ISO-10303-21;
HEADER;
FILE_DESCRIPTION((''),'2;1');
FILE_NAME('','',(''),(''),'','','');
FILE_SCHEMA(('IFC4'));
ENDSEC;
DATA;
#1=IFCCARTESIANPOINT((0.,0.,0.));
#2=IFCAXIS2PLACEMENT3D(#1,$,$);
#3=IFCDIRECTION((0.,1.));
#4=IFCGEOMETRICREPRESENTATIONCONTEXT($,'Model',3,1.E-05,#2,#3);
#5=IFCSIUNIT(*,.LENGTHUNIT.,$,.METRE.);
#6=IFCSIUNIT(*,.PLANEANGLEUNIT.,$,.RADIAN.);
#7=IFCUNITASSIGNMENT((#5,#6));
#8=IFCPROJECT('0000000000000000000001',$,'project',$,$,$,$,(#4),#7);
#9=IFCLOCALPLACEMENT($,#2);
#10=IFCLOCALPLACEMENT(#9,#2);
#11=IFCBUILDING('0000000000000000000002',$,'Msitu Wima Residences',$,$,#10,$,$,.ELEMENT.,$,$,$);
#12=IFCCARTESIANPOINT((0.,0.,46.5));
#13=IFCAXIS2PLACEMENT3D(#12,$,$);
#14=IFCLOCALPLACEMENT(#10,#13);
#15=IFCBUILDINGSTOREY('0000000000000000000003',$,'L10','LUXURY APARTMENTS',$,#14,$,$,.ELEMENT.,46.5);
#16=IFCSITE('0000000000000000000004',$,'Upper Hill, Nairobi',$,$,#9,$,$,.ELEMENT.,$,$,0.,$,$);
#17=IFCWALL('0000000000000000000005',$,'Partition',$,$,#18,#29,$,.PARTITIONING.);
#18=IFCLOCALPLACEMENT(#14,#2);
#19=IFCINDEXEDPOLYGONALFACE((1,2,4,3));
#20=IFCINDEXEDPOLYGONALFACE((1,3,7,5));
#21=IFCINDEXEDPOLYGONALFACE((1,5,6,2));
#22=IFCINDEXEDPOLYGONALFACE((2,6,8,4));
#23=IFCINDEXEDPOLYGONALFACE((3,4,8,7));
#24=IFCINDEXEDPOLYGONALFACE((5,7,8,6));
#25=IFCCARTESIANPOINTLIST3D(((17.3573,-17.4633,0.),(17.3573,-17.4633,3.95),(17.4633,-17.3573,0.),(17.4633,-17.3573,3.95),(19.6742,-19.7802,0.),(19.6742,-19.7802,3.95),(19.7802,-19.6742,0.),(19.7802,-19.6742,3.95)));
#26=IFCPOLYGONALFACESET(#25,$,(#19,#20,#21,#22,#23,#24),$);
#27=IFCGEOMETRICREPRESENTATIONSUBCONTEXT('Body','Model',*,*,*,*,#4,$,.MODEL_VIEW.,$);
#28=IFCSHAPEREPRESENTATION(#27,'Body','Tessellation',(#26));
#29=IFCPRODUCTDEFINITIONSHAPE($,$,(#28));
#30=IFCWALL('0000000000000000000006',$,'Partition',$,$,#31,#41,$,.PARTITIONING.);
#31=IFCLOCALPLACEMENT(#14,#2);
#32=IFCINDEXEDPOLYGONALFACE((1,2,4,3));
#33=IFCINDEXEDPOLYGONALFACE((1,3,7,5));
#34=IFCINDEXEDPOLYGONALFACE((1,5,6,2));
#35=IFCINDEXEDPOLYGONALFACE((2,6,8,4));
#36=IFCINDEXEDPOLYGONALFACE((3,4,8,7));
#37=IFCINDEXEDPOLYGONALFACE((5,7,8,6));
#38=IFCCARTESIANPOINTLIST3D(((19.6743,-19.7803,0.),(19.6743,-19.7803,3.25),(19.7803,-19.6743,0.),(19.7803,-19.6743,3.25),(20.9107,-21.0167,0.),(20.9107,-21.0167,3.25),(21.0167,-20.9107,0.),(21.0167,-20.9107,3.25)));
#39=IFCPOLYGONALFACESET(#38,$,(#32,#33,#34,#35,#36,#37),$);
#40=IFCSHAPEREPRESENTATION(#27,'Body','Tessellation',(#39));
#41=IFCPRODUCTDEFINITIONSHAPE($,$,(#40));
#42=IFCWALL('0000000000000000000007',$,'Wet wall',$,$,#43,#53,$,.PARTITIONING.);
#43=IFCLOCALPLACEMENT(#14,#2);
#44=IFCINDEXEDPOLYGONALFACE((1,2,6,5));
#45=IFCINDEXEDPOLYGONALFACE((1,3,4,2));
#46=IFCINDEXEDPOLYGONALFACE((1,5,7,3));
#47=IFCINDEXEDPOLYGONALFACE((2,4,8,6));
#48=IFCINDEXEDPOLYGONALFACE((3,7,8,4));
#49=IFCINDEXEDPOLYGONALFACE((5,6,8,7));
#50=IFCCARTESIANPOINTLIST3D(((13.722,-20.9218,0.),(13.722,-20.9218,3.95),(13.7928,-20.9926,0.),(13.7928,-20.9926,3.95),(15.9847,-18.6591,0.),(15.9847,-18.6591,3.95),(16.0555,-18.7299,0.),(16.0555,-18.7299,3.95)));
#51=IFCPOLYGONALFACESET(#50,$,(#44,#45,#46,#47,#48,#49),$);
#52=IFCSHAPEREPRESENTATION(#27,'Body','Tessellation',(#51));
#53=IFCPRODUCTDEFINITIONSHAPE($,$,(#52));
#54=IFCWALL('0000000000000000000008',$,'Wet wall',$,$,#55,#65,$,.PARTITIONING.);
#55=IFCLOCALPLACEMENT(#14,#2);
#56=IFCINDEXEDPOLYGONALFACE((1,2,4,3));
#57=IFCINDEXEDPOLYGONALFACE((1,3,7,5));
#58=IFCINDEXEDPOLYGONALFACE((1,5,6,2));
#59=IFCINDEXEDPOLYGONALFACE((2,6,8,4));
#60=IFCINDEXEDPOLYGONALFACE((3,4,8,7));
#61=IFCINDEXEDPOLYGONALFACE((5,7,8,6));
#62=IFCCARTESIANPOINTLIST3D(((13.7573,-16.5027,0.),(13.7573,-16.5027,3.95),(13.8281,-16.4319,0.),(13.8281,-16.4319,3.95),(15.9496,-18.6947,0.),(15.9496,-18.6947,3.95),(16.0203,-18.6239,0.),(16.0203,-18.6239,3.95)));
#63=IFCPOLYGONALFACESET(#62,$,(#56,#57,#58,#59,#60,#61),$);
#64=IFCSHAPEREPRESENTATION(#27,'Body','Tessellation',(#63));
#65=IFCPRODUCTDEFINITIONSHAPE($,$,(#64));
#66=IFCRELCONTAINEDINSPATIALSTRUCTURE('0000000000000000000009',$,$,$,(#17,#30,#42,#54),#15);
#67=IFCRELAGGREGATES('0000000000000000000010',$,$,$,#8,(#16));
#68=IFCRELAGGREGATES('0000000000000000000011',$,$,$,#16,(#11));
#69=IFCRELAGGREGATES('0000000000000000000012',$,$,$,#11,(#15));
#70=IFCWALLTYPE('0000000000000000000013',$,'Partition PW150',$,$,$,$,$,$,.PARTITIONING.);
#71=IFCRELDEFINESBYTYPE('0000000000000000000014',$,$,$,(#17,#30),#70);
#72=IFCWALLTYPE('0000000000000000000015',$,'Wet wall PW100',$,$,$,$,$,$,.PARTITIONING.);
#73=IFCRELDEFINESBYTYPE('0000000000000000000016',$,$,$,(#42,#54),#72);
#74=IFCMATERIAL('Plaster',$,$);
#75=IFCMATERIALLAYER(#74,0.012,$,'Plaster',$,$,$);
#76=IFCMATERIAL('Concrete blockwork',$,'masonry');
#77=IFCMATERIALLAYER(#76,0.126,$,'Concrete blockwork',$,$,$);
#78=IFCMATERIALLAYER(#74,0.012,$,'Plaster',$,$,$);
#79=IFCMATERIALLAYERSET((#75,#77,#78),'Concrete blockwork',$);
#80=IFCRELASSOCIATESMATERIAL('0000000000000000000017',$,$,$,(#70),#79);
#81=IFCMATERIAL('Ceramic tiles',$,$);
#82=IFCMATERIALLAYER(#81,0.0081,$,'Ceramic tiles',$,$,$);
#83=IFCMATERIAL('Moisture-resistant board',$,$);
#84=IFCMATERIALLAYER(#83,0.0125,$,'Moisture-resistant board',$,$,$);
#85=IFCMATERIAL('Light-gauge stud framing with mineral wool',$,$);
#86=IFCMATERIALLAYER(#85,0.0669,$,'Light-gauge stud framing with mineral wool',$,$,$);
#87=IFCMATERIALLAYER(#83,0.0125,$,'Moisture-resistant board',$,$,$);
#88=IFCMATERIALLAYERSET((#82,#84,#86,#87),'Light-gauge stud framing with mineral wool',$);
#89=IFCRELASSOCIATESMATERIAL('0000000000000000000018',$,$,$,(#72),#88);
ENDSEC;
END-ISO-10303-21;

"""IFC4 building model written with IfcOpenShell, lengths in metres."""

from ifc_helpers import new_model, si_unit, direction, frame, frame_2d, origin, place, context, subcontext, project, spatial, rectangle, extrude, material, layer, layer_set, type_object, element, save


model = new_model("IFC4")

# Units and contexts
model_context = context("Model", 3, precision=1e-05, world=origin(), true_north=direction((0.0, 1.0)))
body_context = subcontext(model_context, "Body", "Model", "MODEL_VIEW")
ifc_project = project(units=[si_unit("LENGTHUNIT", "METRE"), si_unit("PLANEANGLEUNIT", "RADIAN")], contexts=[model_context])

# Site, building, storey
site_placement = place(None, origin())
site = spatial("IfcSite", under=ifc_project, at=site_placement, Name="Upper Hill, Nairobi", CompositionType="ELEMENT", RefElevation=0.0)
building_placement = place(site_placement, origin())
building = spatial("IfcBuilding", under=site, at=building_placement, Name="Msitu Wima Residences", CompositionType="ELEMENT")
storey_placement = place(building_placement, frame((0.0, 0.0, 46.5)))
storey = spatial("IfcBuildingStorey", under=building, at=storey_placement, Name="L10", Description="LUXURY APARTMENTS", CompositionType="ELEMENT", Elevation=46.5)

# Shared definitions
ifc_material_1 = material(Name="Plaster")
ifc_layer_1 = layer(ifc_material_1, 0.012, Name="Plaster")
ifc_material_2 = material(Name="Concrete blockwork", Category="masonry")
ifc_layer_2 = layer(ifc_material_2, 0.126, Name="Concrete blockwork")
ifc_layer_3 = layer(ifc_material_1, 0.012, Name="Plaster")
ifc_layer_set_1 = layer_set([ifc_layer_1, ifc_layer_2, ifc_layer_3], Name="Concrete blockwork")
wall_type_1 = type_object("IfcWallType", Name="Partition PW150", PredefinedType="PARTITIONING", material=ifc_layer_set_1)

# Walls
wall_1_placement = place(storey_placement, frame((17.4104, -17.4104, 0.0), z_axis=(0.0, 0.0, 1.0), x_axis=(0.707107, -0.707107, 0.0)))
element("IfcWall", 1, at=wall_1_placement, inside=storey, type_object=wall_type_1, Name="Partition", PredefinedType="PARTITIONING", context=body_context, shape_type="SweptSolid", body=[
    extrude(rectangle(XDim=3.2766, YDim=0.1499, at=frame_2d((1.6382, 0.0))), origin(), (0.0, 0.0, 1.0), 3.95),
])
wall_2_placement = place(storey_placement, frame((19.7273, -19.7273, 0.0), z_axis=(0.0, 0.0, 1.0), x_axis=(0.707107, -0.707107, 0.0)))
element("IfcWall", 2, at=wall_2_placement, inside=storey, type_object=wall_type_1, Name="Partition", PredefinedType="PARTITIONING", context=body_context, shape_type="SweptSolid", body=[
    extrude(rectangle(XDim=1.7485, YDim=0.1499, at=frame_2d((0.8743, 0.0))), origin(), (0.0, 0.0, 1.0), 3.25),
])
ifc_material_3 = material(Name="Ceramic tiles")
ifc_layer_4 = layer(ifc_material_3, 0.0081, Name="Ceramic tiles")
ifc_material_4 = material(Name="Moisture-resistant board")
ifc_layer_5 = layer(ifc_material_4, 0.0125, Name="Moisture-resistant board")
ifc_material_5 = material(Name="Light-gauge stud framing with mineral wool")
ifc_layer_6 = layer(ifc_material_5, 0.0669, Name="Light-gauge stud framing with mineral wool")
ifc_layer_7 = layer(ifc_material_4, 0.0125, Name="Moisture-resistant board")
ifc_layer_set_2 = layer_set([ifc_layer_4, ifc_layer_5, ifc_layer_6, ifc_layer_7], Name="Light-gauge stud framing with mineral wool")
wall_type_2 = type_object("IfcWallType", Name="Wet wall PW100", PredefinedType="PARTITIONING", material=ifc_layer_set_2)
wall_3_placement = place(storey_placement, frame((13.7573, -20.9573, 0.0), z_axis=(0.0, 0.0, 1.0), x_axis=(0.707107, 0.707107, 0.0)))
element("IfcWall", 3, at=wall_3_placement, inside=storey, type_object=wall_type_2, Name="Wet wall", PredefinedType="PARTITIONING", context=body_context, shape_type="SweptSolid", body=[
    extrude(rectangle(XDim=3.2, YDim=0.1001, at=frame_2d((1.6001, 0.0))), origin(), (0.0, 0.0, 1.0), 3.95),
])
wall_4_placement = place(storey_placement, frame((13.7927, -16.4673, 0.0), z_axis=(0.0, 0.0, 1.0), x_axis=(0.707146, -0.707067, 0.0)))
element("IfcWall", 4, at=wall_4_placement, inside=storey, type_object=wall_type_2, Name="Wet wall", PredefinedType="PARTITIONING", context=body_context, shape_type="SweptSolid", body=[
    extrude(rectangle(XDim=3.1001, YDim=0.1001, at=frame_2d((1.55, 0.0))), origin(), (0.0, 0.0, 1.0), 3.95),
])

save(model, "model.ifc")
